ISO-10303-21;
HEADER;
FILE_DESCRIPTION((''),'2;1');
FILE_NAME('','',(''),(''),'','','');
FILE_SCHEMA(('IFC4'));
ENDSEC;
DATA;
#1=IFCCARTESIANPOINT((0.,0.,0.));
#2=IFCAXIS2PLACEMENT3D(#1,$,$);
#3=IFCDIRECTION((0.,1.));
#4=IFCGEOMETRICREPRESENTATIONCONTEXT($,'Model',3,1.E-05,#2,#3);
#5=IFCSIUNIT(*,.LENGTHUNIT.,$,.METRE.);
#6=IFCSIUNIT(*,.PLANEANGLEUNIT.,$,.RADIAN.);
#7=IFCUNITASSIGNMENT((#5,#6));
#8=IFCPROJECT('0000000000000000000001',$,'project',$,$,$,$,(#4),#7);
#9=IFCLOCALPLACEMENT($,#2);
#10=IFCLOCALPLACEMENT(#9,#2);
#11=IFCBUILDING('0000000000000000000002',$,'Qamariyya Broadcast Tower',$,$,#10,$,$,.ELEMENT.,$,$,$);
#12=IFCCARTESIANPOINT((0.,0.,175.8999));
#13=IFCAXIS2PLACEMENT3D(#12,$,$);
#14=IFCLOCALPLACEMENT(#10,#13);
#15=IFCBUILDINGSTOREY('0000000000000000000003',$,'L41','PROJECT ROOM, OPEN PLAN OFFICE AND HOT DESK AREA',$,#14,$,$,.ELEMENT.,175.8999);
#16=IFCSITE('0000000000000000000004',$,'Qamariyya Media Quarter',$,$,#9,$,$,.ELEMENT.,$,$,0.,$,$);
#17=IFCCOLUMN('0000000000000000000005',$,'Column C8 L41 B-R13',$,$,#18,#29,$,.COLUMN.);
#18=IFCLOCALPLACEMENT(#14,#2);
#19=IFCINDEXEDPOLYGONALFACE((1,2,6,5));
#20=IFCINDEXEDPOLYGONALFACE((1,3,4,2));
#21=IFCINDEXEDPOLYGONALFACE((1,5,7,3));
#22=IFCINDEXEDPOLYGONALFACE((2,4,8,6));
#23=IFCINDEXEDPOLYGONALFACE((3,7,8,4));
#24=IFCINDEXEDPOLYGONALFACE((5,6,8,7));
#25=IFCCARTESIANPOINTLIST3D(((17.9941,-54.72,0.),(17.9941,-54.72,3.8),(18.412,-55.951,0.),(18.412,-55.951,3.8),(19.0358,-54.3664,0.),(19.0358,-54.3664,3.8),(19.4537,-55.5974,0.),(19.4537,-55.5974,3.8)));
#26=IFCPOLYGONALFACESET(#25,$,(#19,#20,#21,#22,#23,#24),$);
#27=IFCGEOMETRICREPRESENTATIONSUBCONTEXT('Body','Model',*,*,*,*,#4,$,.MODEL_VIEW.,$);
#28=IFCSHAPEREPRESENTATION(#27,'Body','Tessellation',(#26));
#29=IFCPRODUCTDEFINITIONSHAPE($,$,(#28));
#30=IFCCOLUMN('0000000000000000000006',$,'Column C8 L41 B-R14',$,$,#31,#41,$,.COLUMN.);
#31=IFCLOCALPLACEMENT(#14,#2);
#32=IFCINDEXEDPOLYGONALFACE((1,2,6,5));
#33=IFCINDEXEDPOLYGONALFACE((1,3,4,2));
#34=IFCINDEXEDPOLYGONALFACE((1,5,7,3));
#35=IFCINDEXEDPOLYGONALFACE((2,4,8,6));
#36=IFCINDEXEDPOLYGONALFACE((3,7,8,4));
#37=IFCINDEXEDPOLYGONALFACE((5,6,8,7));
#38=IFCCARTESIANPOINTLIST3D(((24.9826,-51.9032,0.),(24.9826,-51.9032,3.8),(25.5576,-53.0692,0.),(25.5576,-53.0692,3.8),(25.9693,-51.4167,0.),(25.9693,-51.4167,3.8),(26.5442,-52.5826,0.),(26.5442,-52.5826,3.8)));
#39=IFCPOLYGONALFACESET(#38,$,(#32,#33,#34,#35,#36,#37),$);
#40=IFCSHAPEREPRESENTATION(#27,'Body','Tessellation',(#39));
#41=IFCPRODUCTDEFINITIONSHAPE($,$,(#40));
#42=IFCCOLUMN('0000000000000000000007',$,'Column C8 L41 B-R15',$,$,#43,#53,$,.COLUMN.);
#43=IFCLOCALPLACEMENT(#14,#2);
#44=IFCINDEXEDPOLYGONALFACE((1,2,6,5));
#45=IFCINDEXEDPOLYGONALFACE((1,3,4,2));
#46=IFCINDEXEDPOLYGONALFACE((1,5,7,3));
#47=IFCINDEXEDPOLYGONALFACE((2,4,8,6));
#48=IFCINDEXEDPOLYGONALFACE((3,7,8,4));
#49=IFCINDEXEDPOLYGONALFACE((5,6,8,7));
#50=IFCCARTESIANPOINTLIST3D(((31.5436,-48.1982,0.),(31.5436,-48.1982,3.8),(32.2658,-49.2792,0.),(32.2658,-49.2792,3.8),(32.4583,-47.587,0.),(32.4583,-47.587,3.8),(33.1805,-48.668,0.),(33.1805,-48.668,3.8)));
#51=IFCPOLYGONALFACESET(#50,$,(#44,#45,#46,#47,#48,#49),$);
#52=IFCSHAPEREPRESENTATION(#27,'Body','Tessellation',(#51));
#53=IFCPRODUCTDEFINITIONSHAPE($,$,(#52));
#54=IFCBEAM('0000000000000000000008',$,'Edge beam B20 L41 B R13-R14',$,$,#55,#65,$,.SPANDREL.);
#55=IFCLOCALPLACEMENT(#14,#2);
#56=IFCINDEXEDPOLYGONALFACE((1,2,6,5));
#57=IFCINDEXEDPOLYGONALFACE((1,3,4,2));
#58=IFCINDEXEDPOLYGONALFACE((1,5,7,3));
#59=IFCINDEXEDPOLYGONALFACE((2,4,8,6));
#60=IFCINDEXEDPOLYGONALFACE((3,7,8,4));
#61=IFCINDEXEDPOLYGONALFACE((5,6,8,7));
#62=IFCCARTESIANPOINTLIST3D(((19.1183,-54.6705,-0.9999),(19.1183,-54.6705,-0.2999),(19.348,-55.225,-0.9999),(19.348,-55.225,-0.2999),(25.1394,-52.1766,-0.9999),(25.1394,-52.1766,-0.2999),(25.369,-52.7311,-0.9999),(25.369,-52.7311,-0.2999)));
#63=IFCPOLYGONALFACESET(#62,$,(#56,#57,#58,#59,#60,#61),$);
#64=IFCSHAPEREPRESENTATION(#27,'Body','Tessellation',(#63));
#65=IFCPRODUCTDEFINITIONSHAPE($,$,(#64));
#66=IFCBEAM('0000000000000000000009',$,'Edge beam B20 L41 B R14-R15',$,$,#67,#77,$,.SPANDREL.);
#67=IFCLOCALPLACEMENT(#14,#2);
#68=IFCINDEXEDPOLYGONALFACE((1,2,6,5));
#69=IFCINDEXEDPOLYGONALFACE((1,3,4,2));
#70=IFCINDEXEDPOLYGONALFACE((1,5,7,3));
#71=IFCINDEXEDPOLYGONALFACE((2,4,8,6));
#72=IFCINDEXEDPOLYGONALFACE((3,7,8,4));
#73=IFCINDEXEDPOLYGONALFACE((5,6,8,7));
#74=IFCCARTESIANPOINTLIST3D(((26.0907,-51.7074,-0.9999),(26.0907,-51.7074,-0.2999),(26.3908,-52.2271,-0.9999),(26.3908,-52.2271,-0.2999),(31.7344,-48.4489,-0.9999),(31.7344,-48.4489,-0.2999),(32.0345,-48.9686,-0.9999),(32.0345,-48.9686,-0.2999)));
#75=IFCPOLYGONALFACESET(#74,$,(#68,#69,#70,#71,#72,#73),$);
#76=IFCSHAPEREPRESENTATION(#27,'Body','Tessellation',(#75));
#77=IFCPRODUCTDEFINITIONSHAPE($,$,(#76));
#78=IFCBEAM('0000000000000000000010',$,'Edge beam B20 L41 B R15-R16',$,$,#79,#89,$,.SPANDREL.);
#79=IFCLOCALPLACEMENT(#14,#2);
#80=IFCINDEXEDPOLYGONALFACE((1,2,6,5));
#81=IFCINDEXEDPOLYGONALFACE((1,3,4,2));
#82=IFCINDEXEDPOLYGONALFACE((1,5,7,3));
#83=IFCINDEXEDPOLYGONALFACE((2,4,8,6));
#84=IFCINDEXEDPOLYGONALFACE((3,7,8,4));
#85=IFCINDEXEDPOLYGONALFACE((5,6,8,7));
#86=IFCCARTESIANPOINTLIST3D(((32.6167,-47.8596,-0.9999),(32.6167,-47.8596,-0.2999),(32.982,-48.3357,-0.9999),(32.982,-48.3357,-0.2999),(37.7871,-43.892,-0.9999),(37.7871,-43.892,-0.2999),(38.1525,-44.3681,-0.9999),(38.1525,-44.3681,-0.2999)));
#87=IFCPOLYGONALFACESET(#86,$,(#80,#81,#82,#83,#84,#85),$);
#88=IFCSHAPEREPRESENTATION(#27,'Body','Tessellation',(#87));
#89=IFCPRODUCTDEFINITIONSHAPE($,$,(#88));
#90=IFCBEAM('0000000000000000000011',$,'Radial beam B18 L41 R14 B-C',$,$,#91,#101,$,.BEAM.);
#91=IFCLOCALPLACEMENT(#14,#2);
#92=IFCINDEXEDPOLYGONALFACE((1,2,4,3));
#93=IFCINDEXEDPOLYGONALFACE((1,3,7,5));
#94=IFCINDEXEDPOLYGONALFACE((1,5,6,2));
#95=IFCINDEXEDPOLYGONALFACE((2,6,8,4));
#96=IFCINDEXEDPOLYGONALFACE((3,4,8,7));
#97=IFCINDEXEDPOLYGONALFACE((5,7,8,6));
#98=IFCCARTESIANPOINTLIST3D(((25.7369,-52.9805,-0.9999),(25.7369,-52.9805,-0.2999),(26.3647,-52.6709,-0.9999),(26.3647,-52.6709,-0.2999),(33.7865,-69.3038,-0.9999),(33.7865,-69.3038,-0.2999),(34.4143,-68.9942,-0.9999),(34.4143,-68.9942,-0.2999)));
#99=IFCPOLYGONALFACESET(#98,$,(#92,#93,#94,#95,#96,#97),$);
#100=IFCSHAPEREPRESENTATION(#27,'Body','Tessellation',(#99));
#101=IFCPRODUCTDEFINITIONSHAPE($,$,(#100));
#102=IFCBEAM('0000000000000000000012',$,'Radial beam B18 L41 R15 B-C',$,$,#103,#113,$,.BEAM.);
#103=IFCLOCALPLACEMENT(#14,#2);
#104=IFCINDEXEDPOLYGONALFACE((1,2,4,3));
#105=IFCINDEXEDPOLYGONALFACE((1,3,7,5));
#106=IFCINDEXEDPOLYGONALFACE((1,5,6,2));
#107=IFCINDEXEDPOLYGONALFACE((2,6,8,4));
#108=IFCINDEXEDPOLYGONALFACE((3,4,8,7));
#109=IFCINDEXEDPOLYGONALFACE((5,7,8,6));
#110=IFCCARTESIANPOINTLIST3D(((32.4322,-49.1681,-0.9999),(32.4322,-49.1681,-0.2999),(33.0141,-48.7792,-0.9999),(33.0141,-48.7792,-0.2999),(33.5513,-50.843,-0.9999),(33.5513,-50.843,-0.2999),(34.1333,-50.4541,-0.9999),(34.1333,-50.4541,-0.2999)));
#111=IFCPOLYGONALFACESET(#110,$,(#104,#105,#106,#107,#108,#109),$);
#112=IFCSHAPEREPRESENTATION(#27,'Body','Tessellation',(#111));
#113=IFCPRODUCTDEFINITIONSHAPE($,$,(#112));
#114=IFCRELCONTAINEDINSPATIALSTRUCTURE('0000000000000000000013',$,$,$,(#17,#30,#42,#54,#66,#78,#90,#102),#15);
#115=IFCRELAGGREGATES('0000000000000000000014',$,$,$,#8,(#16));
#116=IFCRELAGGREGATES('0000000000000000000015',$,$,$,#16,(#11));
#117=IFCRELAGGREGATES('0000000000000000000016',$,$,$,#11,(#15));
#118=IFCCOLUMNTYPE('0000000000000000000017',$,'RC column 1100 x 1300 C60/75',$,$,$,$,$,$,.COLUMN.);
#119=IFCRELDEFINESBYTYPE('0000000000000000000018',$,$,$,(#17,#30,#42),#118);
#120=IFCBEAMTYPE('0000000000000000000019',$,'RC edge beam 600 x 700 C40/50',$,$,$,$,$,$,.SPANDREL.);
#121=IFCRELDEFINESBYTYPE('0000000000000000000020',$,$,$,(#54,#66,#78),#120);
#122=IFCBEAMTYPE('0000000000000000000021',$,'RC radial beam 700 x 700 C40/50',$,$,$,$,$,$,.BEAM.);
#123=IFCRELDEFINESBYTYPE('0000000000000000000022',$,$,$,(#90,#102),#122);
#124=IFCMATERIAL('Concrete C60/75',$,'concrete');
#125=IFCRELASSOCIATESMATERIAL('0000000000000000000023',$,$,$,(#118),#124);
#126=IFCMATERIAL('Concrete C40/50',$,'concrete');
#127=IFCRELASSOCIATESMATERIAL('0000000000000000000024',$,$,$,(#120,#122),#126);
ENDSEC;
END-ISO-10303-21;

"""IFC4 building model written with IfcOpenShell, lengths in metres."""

from ifc_helpers import new_model, si_unit, direction, frame, origin, origin_2d, place, context, subcontext, project, spatial, rectangle, extrude, material, material_profile, profile_set, type_object, element, save


model = new_model("IFC4")

# Units and contexts
model_context = context("Model", 3, precision=1e-05, world=origin(), true_north=direction((0.0, 1.0)))
body_context = subcontext(model_context, "Body", "Model", "MODEL_VIEW")
ifc_project = project(units=[si_unit("LENGTHUNIT", "METRE"), si_unit("PLANEANGLEUNIT", "RADIAN")], contexts=[model_context])

# Site, building, storey
site_placement = place(None, origin())
site = spatial("IfcSite", under=ifc_project, at=site_placement, Name="Qamariyya Media Quarter", CompositionType="ELEMENT", RefElevation=0.0)
building_placement = place(site_placement, origin())
building = spatial("IfcBuilding", under=site, at=building_placement, Name="Qamariyya Broadcast Tower", CompositionType="ELEMENT")
storey_placement = place(building_placement, frame((0.0, 0.0, 175.8999)))
storey = spatial("IfcBuildingStorey", under=building, at=storey_placement, Name="L41", Description="PROJECT ROOM, OPEN PLAN OFFICE AND HOT DESK AREA", CompositionType="ELEMENT", Elevation=175.8999)

# Columns
ifc_material_1 = material(Name="Concrete C60/75", Category="concrete")
ifc_material_profile_1 = material_profile(ifc_material_1, rectangle(XDim=1.1001, YDim=1.3, at=origin_2d()))
ifc_profile_set_1 = profile_set([ifc_material_profile_1], Name="Concrete C60/75")
column_type = type_object("IfcColumnType", Name="RC column 1100 x 1300 C60/75", PredefinedType="COLUMN", material=ifc_profile_set_1)
for number, where, z_axis, x_axis, name in (
    (1, (18.7239, -55.1587, 0.0), (0.0, 0.0, 1.0), (0.94693, 0.321439, 0.0), "Column C8 L41 B-R13"),
    (2, (25.7634, -52.2429, 0.0), (0.0, 0.0, 1.0), (0.896873, 0.442289, 0.0), "Column C8 L41 B-R14"),
    (3, (32.3621, -48.4331, 0.0), (0.0, 0.0, 1.0), (0.83147, 0.55557, 0.0), "Column C8 L41 B-R15"),
):
    element("IfcColumn", number, at=place(storey_placement, frame(where, z_axis=z_axis, x_axis=x_axis)), inside=storey, type_object=column_type, Name=name, PredefinedType="COLUMN", context=body_context, shape_type="SweptSolid", body=[
        extrude(rectangle(XDim=1.1001, YDim=1.3, at=origin_2d()), origin(), (0.0, 0.0, 1.0), 3.8),
    ])

# Beams
ifc_material_2 = material(Name="Concrete C40/50", Category="concrete")
ifc_material_profile_2 = material_profile(ifc_material_2, rectangle(XDim=0.6001, YDim=0.7, at=origin_2d()))
ifc_profile_set_2 = profile_set([ifc_material_profile_2], Name="Concrete C40/50")
beam_type_1 = type_object("IfcBeamType", Name="RC edge beam 600 x 700 C40/50", PredefinedType="SPANDREL", material=ifc_profile_set_2)
beam_1_placement = place(storey_placement, frame((19.2332, -54.9478, -0.6499), z_axis=(0.923884, 0.382673, 0.0), x_axis=(-0.382673, 0.923884, 0.0)))
element("IfcBeam", 4, at=beam_1_placement, inside=storey, type_object=beam_type_1, Name="Edge beam B20 L41 B R13-R14", PredefinedType="SPANDREL", context=body_context, shape_type="SweptSolid", body=[
    extrude(rectangle(XDim=0.6001, YDim=0.7, at=origin_2d()), origin(), (0.0, 0.0, 1.0), 6.5171),
])
beam_2_placement = place(storey_placement, frame((26.2407, -51.9673, -0.6499), z_axis=(0.866019, 0.500011, 0.0), x_axis=(-0.500011, 0.866019, 0.0)))
element("IfcBeam", 5, at=beam_2_placement, inside=storey, type_object=beam_type_1, Name="Edge beam B20 L41 B R14-R15", PredefinedType="SPANDREL", context=body_context, shape_type="SweptSolid", body=[
    extrude(rectangle(XDim=0.6001, YDim=0.7, at=origin_2d()), origin(), (0.0, 0.0, 1.0), 6.5168),
])
beam_3_placement = place(storey_placement, frame((32.7993, -48.0977, -0.6499), z_axis=(0.793343, 0.608774, 0.0), x_axis=(-0.608774, 0.793343, 0.0)))
element("IfcBeam", 6, at=beam_3_placement, inside=storey, type_object=beam_type_1, Name="Edge beam B20 L41 B R15-R16", PredefinedType="SPANDREL", context=body_context, shape_type="SweptSolid", body=[
    extrude(rectangle(XDim=0.6001, YDim=0.7, at=origin_2d()), origin(), (0.0, 0.0, 1.0), 6.5173),
])
ifc_material_profile_3 = material_profile(ifc_material_2, rectangle(XDim=0.7, YDim=0.7, at=origin_2d()))
ifc_profile_set_3 = profile_set([ifc_material_profile_3], Name="Concrete C40/50")
beam_type_2 = type_object("IfcBeamType", Name="RC radial beam 700 x 700 C40/50", PredefinedType="BEAM", material=ifc_profile_set_3)
beam_4_placement = place(storey_placement, frame((26.0508, -52.8257, -0.6499), z_axis=(0.442281, -0.896876, 0.0), x_axis=(0.896876, 0.442281, 0.0)))
element("IfcBeam", 7, at=beam_4_placement, inside=storey, type_object=beam_type_2, Name="Radial beam B18 L41 R14 B-C", PredefinedType="BEAM", context=body_context, shape_type="SweptSolid", body=[
    extrude(rectangle(XDim=0.7, YDim=0.7, at=origin_2d()), origin(), (0.0, 0.0, 1.0), 18.2002),
])
beam_5_placement = place(storey_placement, frame((32.7231, -48.9736, -0.6499), z_axis=(0.555595, -0.831453, 0.0), x_axis=(0.831453, 0.555595, 0.0)))
element("IfcBeam", 8, at=beam_5_placement, inside=storey, type_object=beam_type_2, Name="Radial beam B18 L41 R15 B-C", PredefinedType="BEAM", context=body_context, shape_type="SweptSolid", body=[
    extrude(rectangle(XDim=0.7, YDim=0.7, at=origin_2d()), origin(), (0.0, 0.0, 1.0), 2.0144),
])

save(model, "model.ifc")
